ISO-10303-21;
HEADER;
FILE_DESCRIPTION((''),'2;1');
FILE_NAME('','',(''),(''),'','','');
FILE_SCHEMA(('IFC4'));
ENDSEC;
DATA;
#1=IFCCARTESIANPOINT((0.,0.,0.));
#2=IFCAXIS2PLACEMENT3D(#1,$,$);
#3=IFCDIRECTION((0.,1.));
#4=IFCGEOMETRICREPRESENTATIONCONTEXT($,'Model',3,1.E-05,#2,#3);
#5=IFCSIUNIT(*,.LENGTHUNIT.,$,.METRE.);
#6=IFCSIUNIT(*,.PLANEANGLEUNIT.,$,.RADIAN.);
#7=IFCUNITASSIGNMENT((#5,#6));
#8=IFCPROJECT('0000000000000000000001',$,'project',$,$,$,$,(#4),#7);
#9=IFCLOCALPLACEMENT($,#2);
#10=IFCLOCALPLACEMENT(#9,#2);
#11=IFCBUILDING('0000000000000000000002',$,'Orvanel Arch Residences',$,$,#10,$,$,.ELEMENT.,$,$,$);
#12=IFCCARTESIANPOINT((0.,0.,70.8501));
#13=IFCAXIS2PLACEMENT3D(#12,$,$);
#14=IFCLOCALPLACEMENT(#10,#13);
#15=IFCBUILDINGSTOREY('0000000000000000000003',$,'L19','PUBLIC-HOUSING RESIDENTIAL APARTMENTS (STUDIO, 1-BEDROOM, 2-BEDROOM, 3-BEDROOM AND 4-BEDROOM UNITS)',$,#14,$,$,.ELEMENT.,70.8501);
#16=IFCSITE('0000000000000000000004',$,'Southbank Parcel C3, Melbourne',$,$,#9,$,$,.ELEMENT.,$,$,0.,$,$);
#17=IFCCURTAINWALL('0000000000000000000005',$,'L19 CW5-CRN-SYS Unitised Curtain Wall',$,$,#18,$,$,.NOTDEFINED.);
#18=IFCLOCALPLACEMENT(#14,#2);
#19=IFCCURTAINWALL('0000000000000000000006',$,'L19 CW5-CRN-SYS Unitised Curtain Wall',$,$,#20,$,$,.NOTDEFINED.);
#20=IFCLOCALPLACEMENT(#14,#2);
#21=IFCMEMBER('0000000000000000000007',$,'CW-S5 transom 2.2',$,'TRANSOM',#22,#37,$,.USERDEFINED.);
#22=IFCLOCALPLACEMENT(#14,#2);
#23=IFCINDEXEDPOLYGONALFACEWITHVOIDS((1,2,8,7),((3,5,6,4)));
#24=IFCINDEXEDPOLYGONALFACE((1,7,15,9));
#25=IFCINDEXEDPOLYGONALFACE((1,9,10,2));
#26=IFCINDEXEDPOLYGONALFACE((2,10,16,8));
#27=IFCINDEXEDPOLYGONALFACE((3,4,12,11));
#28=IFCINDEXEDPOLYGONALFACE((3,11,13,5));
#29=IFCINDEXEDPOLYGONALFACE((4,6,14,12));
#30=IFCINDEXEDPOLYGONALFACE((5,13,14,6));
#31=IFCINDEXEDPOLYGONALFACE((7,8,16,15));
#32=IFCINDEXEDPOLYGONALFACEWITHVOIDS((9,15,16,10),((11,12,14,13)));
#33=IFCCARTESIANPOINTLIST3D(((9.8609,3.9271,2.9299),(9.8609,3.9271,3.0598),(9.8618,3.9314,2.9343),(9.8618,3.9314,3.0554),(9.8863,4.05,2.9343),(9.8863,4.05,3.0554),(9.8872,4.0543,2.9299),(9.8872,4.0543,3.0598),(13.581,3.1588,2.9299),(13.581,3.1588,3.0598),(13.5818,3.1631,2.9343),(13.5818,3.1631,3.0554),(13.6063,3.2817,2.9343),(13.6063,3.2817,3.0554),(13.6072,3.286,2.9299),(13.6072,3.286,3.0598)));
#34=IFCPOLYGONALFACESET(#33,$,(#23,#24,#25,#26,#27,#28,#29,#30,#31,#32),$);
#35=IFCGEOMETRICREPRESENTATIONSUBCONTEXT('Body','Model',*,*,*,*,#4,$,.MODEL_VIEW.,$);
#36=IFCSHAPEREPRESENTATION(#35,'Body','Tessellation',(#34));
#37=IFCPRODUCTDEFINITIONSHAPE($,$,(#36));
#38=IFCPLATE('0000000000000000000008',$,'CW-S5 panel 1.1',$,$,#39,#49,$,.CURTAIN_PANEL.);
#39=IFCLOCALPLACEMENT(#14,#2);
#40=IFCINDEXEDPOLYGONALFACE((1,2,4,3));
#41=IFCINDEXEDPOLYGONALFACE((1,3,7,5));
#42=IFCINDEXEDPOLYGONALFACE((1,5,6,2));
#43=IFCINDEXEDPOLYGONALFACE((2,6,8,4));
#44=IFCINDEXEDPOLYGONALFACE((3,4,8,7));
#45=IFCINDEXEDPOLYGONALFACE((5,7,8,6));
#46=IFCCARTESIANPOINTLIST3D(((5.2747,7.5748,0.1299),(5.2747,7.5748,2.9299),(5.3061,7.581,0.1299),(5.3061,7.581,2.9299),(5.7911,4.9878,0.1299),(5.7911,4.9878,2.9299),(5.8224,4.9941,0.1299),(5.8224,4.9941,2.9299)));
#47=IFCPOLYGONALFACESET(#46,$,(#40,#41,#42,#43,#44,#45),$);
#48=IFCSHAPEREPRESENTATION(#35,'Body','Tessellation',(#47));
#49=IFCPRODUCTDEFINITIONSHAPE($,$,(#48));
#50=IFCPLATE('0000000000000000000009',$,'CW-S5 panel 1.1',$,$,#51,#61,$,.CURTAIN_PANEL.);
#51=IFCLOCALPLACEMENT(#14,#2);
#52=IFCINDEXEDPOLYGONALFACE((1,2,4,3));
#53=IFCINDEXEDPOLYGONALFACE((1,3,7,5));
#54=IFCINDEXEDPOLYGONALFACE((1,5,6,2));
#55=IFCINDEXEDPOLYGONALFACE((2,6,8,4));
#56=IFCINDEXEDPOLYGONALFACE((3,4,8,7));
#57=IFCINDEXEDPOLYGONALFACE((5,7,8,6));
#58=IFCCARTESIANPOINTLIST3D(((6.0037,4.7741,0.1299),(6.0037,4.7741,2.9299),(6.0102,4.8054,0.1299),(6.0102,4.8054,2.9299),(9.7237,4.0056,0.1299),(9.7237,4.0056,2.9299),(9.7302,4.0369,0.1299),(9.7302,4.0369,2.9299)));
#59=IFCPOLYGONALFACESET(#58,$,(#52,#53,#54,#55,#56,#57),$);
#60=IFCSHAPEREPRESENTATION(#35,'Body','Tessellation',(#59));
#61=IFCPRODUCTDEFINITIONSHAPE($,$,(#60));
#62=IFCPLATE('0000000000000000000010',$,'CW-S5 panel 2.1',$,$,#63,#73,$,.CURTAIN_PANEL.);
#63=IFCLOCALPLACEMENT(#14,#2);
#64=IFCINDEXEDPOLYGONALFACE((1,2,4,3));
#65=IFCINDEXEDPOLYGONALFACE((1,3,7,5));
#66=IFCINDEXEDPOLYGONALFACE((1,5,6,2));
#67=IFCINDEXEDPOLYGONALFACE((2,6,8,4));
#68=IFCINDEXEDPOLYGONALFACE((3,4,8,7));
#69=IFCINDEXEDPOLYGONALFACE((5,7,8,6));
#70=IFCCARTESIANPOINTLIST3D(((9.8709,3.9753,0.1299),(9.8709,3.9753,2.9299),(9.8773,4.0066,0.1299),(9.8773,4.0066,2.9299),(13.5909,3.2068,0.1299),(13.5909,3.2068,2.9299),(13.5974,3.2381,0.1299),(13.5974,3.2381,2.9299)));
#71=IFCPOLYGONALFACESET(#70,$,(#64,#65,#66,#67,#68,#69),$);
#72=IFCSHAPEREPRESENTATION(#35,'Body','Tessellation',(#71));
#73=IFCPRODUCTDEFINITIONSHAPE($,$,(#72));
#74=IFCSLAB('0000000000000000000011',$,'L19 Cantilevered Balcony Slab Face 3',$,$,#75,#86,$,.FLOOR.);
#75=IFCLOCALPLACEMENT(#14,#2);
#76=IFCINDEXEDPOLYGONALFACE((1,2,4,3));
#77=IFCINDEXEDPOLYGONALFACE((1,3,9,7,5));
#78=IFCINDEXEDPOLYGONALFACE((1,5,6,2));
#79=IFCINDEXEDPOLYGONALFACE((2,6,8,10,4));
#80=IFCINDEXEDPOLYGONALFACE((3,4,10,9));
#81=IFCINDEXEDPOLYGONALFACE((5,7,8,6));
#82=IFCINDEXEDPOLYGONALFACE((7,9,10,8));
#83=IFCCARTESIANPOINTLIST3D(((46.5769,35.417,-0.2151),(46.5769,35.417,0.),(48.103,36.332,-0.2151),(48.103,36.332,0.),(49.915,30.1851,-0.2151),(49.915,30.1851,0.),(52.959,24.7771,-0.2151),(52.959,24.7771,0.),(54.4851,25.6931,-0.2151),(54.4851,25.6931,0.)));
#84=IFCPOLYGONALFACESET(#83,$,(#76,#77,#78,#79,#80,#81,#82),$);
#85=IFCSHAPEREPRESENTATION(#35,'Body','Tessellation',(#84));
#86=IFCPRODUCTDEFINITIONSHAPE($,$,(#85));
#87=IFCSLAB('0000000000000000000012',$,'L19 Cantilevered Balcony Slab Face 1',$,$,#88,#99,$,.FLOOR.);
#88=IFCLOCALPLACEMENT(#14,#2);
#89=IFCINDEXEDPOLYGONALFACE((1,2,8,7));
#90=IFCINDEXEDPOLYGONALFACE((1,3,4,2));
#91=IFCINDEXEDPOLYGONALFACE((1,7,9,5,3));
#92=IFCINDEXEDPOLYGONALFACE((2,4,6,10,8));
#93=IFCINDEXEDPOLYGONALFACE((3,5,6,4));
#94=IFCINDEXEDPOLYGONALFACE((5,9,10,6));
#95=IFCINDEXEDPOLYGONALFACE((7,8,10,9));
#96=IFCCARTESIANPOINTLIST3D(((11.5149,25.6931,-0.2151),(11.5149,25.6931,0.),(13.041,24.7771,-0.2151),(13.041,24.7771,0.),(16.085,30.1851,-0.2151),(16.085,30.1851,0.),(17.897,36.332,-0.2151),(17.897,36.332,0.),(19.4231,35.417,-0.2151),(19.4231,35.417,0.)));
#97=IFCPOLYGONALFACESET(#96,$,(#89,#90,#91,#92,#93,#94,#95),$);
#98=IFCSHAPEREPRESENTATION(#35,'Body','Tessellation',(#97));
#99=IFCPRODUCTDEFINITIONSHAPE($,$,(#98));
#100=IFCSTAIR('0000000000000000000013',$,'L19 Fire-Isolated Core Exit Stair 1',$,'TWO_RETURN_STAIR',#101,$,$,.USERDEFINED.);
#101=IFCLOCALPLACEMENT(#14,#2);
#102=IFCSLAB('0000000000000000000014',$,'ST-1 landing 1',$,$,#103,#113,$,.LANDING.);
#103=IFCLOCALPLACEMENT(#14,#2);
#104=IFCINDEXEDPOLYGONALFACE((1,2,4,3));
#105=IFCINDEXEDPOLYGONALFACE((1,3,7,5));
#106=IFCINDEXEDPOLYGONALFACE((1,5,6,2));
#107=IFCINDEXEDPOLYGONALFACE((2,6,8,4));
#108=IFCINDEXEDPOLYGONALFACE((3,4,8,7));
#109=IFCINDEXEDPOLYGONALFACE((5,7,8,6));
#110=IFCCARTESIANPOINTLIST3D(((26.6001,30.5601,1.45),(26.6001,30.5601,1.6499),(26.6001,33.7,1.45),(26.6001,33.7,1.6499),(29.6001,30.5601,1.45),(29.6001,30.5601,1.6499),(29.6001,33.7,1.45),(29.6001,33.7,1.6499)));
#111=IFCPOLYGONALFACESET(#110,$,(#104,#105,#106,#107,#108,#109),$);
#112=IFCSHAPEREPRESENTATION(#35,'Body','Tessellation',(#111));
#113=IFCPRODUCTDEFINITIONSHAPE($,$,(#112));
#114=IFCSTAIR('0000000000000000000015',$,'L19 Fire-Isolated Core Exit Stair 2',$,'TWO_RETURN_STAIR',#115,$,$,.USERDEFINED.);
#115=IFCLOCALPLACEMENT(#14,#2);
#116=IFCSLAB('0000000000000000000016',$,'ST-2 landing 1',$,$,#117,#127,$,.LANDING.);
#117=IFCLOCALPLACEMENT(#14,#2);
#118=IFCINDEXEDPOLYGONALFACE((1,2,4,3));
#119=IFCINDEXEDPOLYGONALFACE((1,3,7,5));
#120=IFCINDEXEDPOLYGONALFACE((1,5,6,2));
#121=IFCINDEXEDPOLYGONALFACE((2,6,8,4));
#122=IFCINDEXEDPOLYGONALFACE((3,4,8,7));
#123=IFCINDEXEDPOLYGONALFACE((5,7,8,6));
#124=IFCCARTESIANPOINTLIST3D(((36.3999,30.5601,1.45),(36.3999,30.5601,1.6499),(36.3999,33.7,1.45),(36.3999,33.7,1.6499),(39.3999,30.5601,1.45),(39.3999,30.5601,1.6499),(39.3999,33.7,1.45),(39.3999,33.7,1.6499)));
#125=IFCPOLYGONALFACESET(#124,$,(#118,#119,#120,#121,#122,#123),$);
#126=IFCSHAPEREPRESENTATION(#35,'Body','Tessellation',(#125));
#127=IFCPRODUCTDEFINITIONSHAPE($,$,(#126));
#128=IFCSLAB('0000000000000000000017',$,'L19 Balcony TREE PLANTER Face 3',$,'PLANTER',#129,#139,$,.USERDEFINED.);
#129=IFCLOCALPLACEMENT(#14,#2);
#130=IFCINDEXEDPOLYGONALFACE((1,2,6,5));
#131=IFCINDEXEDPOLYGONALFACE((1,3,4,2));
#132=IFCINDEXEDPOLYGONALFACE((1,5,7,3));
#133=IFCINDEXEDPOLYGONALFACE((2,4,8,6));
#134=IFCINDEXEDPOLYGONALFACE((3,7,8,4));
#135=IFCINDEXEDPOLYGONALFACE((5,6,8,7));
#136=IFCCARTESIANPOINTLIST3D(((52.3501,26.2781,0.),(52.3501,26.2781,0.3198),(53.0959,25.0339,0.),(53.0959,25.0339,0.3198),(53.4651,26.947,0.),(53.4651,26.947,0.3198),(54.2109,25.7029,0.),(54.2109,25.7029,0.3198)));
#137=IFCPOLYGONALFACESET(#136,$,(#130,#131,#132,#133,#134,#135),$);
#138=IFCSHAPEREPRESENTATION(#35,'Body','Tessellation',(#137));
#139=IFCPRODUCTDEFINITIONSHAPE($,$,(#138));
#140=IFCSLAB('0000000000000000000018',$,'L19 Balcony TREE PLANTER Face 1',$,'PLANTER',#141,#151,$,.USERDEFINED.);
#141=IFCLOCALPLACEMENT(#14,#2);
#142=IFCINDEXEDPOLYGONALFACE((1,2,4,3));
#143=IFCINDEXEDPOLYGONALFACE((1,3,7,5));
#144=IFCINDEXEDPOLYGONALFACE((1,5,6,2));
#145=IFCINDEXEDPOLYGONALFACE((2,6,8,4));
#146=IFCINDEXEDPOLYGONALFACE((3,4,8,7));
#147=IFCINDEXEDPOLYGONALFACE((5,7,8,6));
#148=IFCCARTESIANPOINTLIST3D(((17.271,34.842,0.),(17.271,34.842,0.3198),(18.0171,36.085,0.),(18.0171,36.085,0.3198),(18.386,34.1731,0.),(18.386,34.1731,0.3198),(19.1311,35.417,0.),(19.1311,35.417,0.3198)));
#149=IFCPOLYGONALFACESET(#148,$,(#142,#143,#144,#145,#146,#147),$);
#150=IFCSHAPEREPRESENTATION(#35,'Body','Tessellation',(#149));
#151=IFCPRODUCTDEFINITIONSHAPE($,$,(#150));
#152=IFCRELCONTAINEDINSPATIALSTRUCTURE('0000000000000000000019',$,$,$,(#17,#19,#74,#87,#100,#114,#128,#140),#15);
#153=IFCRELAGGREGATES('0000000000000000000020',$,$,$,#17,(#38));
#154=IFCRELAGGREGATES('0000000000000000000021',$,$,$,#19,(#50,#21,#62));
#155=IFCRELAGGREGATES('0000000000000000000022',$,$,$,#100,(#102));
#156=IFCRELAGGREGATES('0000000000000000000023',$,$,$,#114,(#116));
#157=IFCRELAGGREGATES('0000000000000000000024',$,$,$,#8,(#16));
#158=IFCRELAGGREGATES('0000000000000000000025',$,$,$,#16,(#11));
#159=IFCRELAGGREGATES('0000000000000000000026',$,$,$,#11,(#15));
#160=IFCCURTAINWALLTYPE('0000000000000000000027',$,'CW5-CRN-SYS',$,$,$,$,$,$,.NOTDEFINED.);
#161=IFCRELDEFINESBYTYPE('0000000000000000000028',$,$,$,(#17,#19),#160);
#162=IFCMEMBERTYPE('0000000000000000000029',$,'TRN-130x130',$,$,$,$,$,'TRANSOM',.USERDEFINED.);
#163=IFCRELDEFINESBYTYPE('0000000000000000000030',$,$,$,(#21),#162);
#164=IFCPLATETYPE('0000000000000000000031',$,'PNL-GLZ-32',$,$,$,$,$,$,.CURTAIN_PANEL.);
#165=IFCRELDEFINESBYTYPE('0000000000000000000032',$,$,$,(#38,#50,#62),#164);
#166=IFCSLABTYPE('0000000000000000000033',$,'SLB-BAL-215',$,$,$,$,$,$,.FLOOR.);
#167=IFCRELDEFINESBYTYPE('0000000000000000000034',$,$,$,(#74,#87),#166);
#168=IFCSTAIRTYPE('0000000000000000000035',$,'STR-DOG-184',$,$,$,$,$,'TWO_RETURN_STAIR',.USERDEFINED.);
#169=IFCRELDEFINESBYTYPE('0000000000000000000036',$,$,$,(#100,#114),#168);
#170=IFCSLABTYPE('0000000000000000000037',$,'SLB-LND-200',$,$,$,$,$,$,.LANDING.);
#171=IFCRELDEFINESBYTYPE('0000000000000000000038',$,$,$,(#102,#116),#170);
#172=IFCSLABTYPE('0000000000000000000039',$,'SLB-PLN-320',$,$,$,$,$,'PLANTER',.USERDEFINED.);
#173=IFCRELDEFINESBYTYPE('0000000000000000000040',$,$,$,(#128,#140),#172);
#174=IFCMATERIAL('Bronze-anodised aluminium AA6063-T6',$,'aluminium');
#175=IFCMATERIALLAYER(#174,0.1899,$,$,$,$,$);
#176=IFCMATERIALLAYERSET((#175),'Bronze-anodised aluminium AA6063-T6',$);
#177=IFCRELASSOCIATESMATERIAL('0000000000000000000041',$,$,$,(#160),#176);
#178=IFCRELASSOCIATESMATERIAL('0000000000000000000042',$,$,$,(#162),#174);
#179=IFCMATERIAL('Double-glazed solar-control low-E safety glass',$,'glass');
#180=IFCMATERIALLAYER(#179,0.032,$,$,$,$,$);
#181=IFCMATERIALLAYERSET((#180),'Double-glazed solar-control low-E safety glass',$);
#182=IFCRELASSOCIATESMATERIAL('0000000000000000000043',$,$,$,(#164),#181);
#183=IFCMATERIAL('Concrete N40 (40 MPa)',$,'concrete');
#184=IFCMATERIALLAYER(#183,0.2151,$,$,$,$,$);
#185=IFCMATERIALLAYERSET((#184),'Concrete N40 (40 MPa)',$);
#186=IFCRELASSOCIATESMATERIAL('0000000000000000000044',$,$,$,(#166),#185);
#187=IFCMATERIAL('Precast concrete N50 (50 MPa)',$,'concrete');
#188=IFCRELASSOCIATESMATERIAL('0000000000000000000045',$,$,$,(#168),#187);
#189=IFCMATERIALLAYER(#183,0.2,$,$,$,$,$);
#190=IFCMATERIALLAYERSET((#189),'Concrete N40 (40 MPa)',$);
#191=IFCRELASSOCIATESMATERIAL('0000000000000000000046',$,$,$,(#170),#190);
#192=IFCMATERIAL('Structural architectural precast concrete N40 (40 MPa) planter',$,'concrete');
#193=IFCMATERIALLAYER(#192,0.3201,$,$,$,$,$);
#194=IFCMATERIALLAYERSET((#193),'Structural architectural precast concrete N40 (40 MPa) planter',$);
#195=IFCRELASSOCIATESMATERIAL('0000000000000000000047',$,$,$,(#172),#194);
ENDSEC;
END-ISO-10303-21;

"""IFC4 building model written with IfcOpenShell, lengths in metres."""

from ifc_helpers import new_model, si_unit, direction, frame, origin, origin_2d, place, context, subcontext, project, spatial, polyline, rectangle, hollow_rectangle, outline, extrude, material, layer, layer_set, material_profile, profile_set, type_object, element, aggregate, save


model = new_model("IFC4")

# Units and contexts
model_context = context("Model", 3, precision=1e-05, world=origin(), true_north=direction((0.0, 1.0)))
body_context = subcontext(model_context, "Body", "Model", "MODEL_VIEW")
ifc_project = project(units=[si_unit("LENGTHUNIT", "METRE"), si_unit("PLANEANGLEUNIT", "RADIAN")], contexts=[model_context])

# Site, building, storey
site_placement = place(None, origin())
site = spatial("IfcSite", under=ifc_project, at=site_placement, Name="Southbank Parcel C3, Melbourne", CompositionType="ELEMENT", RefElevation=0.0)
building_placement = place(site_placement, origin())
building = spatial("IfcBuilding", under=site, at=building_placement, Name="Orvanel Arch Residences", CompositionType="ELEMENT")
storey_placement = place(building_placement, frame((0.0, 0.0, 70.8501)))
storey = spatial("IfcBuildingStorey", under=building, at=storey_placement, Name="L19", Description="PUBLIC-HOUSING RESIDENTIAL APARTMENTS (STUDIO, 1-BEDROOM, 2-BEDROOM, 3-BEDROOM AND 4-BEDROOM UNITS)", CompositionType="ELEMENT", Elevation=70.8501)

# Curtain walls
ifc_material_1 = material(Name="Bronze-anodised aluminium AA6063-T6", Category="aluminium")
ifc_layer_1 = layer(ifc_material_1, 0.1899)
ifc_layer_set_1 = layer_set([ifc_layer_1], Name="Bronze-anodised aluminium AA6063-T6")
curtain_wall_type_1 = type_object("IfcCurtainWallType", Name="CW5-CRN-SYS", PredefinedType="NOTDEFINED", material=ifc_layer_set_1)
curtain_wall_1_placement = place(storey_placement, origin())
curtain_wall_1 = element("IfcCurtainWall", 1, at=curtain_wall_1_placement, inside=storey, type_object=curtain_wall_type_1, Name="L19 CW5-CRN-SYS Unitised Curtain Wall", PredefinedType="NOTDEFINED")
curtain_wall_2_placement = place(storey_placement, origin())
curtain_wall_2 = element("IfcCurtainWall", 2, at=curtain_wall_2_placement, inside=storey, type_object=curtain_wall_type_1, Name="L19 CW5-CRN-SYS Unitised Curtain Wall", PredefinedType="NOTDEFINED")

# Member
ifc_material_profile_1 = material_profile(ifc_material_1, hollow_rectangle(XDim=0.1299, YDim=0.1299, WallThickness=0.0044, at=origin_2d()), Name="ALU130x130x4.5")
ifc_profile_set_1 = profile_set([ifc_material_profile_1], Name="Bronze-anodised aluminium AA6063-T6")
member_type_1 = type_object("IfcMemberType", Name="TRN-130x130", ElementType="TRANSOM", PredefinedType="USERDEFINED", material=ifc_profile_set_1)
member_1_placement = place(storey_placement, frame((9.874, 3.9907, 2.9949), z_axis=(0.97933, -0.202268, 0.0), x_axis=(0.202268, 0.97933, 0.0)))
member_1 = element("IfcMember", 3, at=member_1_placement, type_object=member_type_1, Name="CW-S5 transom 2.2", ObjectType="TRANSOM", PredefinedType="USERDEFINED", context=body_context, shape_type="SweptSolid", body=[
    extrude(hollow_rectangle(XDim=0.1299, YDim=0.1299, WallThickness=0.0044, at=origin_2d()), origin(), (0.0, 0.0, 1.0), 3.7986),
])

# Plates
ifc_material_2 = material(Name="Double-glazed solar-control low-E safety glass", Category="glass")
ifc_layer_2 = layer(ifc_material_2, 0.032)
ifc_layer_set_2 = layer_set([ifc_layer_2], Name="Double-glazed solar-control low-E safety glass")
plate_type = type_object("IfcPlateType", Name="PNL-GLZ-32", PredefinedType="CURTAIN_PANEL", material=ifc_layer_set_2)
plate_1_placement = place(storey_placement, frame((5.5486, 6.2844, 0.1299), z_axis=(0.0, 0.0, 1.0), x_axis=(0.195723, -0.980659, 0.0)))
plate_1 = element("IfcPlate", 4, at=plate_1_placement, type_object=plate_type, Name="CW-S5 panel 1.1", PredefinedType="CURTAIN_PANEL", context=body_context, shape_type="SweptSolid", body=[
    extrude(rectangle(XDim=2.6379, YDim=0.032, at=origin_2d()), origin(), (0.0, 0.0, 1.0), 2.8),
])
aggregate(curtain_wall_1, [plate_1])
plate_2_placement = place(storey_placement, frame((7.8669, 4.4055, 0.1299), z_axis=(0.0, 0.0, 1.0), x_axis=(0.979323, -0.202302, 0.0)))
plate_2 = element("IfcPlate", 5, at=plate_2_placement, type_object=plate_type, Name="CW-S5 panel 1.1", PredefinedType="CURTAIN_PANEL", context=body_context, shape_type="SweptSolid", body=[
    extrude(rectangle(XDim=3.7986, YDim=0.032, at=origin_2d()), origin(), (0.0, 0.0, 1.0), 2.8),
])
plate_3_placement = place(storey_placement, frame((11.7341, 3.6067, 0.1299), z_axis=(0.0, 0.0, 1.0), x_axis=(0.979323, -0.202302, 0.0)))
plate_3 = element("IfcPlate", 6, at=plate_3_placement, type_object=plate_type, Name="CW-S5 panel 2.1", PredefinedType="CURTAIN_PANEL", context=body_context, shape_type="SweptSolid", body=[
    extrude(rectangle(XDim=3.7986, YDim=0.032, at=origin_2d()), origin(), (0.0, 0.0, 1.0), 2.8),
])
aggregate(curtain_wall_2, [plate_2, member_1, plate_3])

# Slabs
ifc_material_3 = material(Name="Concrete N40 (40 MPa)", Category="concrete")
ifc_layer_3 = layer(ifc_material_3, 0.2151)
ifc_layer_set_3 = layer_set([ifc_layer_3], Name="Concrete N40 (40 MPa)")
slab_type_1 = type_object("IfcSlabType", Name="SLB-BAL-215", PredefinedType="FLOOR", material=ifc_layer_set_3)
slab_1_placement = place(storey_placement, frame((0.0, 0.0, -0.2151)))
element("IfcSlab", 7, at=slab_1_placement, inside=storey, type_object=slab_type_1, Name="L19 Cantilevered Balcony Slab Face 3", PredefinedType="FLOOR", context=body_context, shape_type="SweptSolid", body=[
    extrude(outline(polyline([(54.4851, 25.6931), (48.103, 36.332), (46.5769, 35.417), (49.915, 30.1851), (52.959, 24.7771), (54.4851, 25.6931)])), origin(), (0.0, 0.0, 1.0), 0.2151),
])
slab_2_placement = place(storey_placement, frame((0.0, 0.0, -0.2151)))
element("IfcSlab", 8, at=slab_2_placement, inside=storey, type_object=slab_type_1, Name="L19 Cantilevered Balcony Slab Face 1", PredefinedType="FLOOR", context=body_context, shape_type="SweptSolid", body=[
    extrude(outline(polyline([(17.897, 36.332), (11.5149, 25.6931), (13.041, 24.7771), (16.085, 30.1851), (19.4231, 35.417), (17.897, 36.332)])), origin(), (0.0, 0.0, 1.0), 0.2151),
])

# Stairs, slabs
ifc_material_4 = material(Name="Precast concrete N50 (50 MPa)", Category="concrete")
stair_type = type_object("IfcStairType", Name="STR-DOG-184", ElementType="TWO_RETURN_STAIR", PredefinedType="USERDEFINED", material=ifc_material_4)
stair_1_placement = place(storey_placement, origin())
stair_1 = element("IfcStair", 9, at=stair_1_placement, inside=storey, type_object=stair_type, Name="L19 Fire-Isolated Core Exit Stair 1", ObjectType="TWO_RETURN_STAIR", PredefinedType="USERDEFINED")
ifc_layer_4 = layer(ifc_material_3, 0.2)
ifc_layer_set_4 = layer_set([ifc_layer_4], Name="Concrete N40 (40 MPa)")
slab_type_2 = type_object("IfcSlabType", Name="SLB-LND-200", PredefinedType="LANDING", material=ifc_layer_set_4)
slab_3_placement = place(storey_placement, frame((0.0, 0.0, 1.45)))
slab_3 = element("IfcSlab", 10, at=slab_3_placement, type_object=slab_type_2, Name="ST-1 landing 1", PredefinedType="LANDING", context=body_context, shape_type="SweptSolid", body=[
    extrude(outline(polyline([(29.6001, 30.5601), (29.6001, 33.7), (26.6001, 33.7), (26.6001, 30.5601), (29.6001, 30.5601)])), origin(), (0.0, 0.0, 1.0), 0.2),
])
aggregate(stair_1, [slab_3])
stair_2_placement = place(storey_placement, origin())
stair_2 = element("IfcStair", 11, at=stair_2_placement, inside=storey, type_object=stair_type, Name="L19 Fire-Isolated Core Exit Stair 2", ObjectType="TWO_RETURN_STAIR", PredefinedType="USERDEFINED")
slab_4_placement = place(storey_placement, frame((0.0, 0.0, 1.45)))
slab_4 = element("IfcSlab", 12, at=slab_4_placement, type_object=slab_type_2, Name="ST-2 landing 1", PredefinedType="LANDING", context=body_context, shape_type="SweptSolid", body=[
    extrude(outline(polyline([(39.3999, 30.5601), (39.3999, 33.7), (36.3999, 33.7), (36.3999, 30.5601), (39.3999, 30.5601)])), origin(), (0.0, 0.0, 1.0), 0.2),
])
aggregate(stair_2, [slab_4])

# Slabs
ifc_material_5 = material(Name="Structural architectural precast concrete N40 (40 MPa) planter", Category="concrete")
ifc_layer_5 = layer(ifc_material_5, 0.3201)
ifc_layer_set_5 = layer_set([ifc_layer_5], Name="Structural architectural precast concrete N40 (40 MPa) planter")
slab_type_3 = type_object("IfcSlabType", Name="SLB-PLN-320", ElementType="PLANTER", PredefinedType="USERDEFINED", material=ifc_layer_set_5)
slab_5_placement = place(storey_placement, origin())
element("IfcSlab", 13, at=slab_5_placement, inside=storey, type_object=slab_type_3, Name="L19 Balcony TREE PLANTER Face 3", ObjectType="PLANTER", PredefinedType="USERDEFINED", context=body_context, shape_type="SweptSolid", body=[
    extrude(outline(polyline([(54.2109, 25.7029), (53.4651, 26.947), (52.3501, 26.2781), (53.0959, 25.0339), (54.2109, 25.7029)])), origin(), (0.0, 0.0, 1.0), 0.3198),
])
slab_6_placement = place(storey_placement, origin())
element("IfcSlab", 14, at=slab_6_placement, inside=storey, type_object=slab_type_3, Name="L19 Balcony TREE PLANTER Face 1", ObjectType="PLANTER", PredefinedType="USERDEFINED", context=body_context, shape_type="SweptSolid", body=[
    extrude(outline(polyline([(18.0171, 36.085), (17.271, 34.842), (18.386, 34.1731), (19.1311, 35.417), (18.0171, 36.085)])), origin(), (0.0, 0.0, 1.0), 0.3198),
])

save(model, "model.ifc")
